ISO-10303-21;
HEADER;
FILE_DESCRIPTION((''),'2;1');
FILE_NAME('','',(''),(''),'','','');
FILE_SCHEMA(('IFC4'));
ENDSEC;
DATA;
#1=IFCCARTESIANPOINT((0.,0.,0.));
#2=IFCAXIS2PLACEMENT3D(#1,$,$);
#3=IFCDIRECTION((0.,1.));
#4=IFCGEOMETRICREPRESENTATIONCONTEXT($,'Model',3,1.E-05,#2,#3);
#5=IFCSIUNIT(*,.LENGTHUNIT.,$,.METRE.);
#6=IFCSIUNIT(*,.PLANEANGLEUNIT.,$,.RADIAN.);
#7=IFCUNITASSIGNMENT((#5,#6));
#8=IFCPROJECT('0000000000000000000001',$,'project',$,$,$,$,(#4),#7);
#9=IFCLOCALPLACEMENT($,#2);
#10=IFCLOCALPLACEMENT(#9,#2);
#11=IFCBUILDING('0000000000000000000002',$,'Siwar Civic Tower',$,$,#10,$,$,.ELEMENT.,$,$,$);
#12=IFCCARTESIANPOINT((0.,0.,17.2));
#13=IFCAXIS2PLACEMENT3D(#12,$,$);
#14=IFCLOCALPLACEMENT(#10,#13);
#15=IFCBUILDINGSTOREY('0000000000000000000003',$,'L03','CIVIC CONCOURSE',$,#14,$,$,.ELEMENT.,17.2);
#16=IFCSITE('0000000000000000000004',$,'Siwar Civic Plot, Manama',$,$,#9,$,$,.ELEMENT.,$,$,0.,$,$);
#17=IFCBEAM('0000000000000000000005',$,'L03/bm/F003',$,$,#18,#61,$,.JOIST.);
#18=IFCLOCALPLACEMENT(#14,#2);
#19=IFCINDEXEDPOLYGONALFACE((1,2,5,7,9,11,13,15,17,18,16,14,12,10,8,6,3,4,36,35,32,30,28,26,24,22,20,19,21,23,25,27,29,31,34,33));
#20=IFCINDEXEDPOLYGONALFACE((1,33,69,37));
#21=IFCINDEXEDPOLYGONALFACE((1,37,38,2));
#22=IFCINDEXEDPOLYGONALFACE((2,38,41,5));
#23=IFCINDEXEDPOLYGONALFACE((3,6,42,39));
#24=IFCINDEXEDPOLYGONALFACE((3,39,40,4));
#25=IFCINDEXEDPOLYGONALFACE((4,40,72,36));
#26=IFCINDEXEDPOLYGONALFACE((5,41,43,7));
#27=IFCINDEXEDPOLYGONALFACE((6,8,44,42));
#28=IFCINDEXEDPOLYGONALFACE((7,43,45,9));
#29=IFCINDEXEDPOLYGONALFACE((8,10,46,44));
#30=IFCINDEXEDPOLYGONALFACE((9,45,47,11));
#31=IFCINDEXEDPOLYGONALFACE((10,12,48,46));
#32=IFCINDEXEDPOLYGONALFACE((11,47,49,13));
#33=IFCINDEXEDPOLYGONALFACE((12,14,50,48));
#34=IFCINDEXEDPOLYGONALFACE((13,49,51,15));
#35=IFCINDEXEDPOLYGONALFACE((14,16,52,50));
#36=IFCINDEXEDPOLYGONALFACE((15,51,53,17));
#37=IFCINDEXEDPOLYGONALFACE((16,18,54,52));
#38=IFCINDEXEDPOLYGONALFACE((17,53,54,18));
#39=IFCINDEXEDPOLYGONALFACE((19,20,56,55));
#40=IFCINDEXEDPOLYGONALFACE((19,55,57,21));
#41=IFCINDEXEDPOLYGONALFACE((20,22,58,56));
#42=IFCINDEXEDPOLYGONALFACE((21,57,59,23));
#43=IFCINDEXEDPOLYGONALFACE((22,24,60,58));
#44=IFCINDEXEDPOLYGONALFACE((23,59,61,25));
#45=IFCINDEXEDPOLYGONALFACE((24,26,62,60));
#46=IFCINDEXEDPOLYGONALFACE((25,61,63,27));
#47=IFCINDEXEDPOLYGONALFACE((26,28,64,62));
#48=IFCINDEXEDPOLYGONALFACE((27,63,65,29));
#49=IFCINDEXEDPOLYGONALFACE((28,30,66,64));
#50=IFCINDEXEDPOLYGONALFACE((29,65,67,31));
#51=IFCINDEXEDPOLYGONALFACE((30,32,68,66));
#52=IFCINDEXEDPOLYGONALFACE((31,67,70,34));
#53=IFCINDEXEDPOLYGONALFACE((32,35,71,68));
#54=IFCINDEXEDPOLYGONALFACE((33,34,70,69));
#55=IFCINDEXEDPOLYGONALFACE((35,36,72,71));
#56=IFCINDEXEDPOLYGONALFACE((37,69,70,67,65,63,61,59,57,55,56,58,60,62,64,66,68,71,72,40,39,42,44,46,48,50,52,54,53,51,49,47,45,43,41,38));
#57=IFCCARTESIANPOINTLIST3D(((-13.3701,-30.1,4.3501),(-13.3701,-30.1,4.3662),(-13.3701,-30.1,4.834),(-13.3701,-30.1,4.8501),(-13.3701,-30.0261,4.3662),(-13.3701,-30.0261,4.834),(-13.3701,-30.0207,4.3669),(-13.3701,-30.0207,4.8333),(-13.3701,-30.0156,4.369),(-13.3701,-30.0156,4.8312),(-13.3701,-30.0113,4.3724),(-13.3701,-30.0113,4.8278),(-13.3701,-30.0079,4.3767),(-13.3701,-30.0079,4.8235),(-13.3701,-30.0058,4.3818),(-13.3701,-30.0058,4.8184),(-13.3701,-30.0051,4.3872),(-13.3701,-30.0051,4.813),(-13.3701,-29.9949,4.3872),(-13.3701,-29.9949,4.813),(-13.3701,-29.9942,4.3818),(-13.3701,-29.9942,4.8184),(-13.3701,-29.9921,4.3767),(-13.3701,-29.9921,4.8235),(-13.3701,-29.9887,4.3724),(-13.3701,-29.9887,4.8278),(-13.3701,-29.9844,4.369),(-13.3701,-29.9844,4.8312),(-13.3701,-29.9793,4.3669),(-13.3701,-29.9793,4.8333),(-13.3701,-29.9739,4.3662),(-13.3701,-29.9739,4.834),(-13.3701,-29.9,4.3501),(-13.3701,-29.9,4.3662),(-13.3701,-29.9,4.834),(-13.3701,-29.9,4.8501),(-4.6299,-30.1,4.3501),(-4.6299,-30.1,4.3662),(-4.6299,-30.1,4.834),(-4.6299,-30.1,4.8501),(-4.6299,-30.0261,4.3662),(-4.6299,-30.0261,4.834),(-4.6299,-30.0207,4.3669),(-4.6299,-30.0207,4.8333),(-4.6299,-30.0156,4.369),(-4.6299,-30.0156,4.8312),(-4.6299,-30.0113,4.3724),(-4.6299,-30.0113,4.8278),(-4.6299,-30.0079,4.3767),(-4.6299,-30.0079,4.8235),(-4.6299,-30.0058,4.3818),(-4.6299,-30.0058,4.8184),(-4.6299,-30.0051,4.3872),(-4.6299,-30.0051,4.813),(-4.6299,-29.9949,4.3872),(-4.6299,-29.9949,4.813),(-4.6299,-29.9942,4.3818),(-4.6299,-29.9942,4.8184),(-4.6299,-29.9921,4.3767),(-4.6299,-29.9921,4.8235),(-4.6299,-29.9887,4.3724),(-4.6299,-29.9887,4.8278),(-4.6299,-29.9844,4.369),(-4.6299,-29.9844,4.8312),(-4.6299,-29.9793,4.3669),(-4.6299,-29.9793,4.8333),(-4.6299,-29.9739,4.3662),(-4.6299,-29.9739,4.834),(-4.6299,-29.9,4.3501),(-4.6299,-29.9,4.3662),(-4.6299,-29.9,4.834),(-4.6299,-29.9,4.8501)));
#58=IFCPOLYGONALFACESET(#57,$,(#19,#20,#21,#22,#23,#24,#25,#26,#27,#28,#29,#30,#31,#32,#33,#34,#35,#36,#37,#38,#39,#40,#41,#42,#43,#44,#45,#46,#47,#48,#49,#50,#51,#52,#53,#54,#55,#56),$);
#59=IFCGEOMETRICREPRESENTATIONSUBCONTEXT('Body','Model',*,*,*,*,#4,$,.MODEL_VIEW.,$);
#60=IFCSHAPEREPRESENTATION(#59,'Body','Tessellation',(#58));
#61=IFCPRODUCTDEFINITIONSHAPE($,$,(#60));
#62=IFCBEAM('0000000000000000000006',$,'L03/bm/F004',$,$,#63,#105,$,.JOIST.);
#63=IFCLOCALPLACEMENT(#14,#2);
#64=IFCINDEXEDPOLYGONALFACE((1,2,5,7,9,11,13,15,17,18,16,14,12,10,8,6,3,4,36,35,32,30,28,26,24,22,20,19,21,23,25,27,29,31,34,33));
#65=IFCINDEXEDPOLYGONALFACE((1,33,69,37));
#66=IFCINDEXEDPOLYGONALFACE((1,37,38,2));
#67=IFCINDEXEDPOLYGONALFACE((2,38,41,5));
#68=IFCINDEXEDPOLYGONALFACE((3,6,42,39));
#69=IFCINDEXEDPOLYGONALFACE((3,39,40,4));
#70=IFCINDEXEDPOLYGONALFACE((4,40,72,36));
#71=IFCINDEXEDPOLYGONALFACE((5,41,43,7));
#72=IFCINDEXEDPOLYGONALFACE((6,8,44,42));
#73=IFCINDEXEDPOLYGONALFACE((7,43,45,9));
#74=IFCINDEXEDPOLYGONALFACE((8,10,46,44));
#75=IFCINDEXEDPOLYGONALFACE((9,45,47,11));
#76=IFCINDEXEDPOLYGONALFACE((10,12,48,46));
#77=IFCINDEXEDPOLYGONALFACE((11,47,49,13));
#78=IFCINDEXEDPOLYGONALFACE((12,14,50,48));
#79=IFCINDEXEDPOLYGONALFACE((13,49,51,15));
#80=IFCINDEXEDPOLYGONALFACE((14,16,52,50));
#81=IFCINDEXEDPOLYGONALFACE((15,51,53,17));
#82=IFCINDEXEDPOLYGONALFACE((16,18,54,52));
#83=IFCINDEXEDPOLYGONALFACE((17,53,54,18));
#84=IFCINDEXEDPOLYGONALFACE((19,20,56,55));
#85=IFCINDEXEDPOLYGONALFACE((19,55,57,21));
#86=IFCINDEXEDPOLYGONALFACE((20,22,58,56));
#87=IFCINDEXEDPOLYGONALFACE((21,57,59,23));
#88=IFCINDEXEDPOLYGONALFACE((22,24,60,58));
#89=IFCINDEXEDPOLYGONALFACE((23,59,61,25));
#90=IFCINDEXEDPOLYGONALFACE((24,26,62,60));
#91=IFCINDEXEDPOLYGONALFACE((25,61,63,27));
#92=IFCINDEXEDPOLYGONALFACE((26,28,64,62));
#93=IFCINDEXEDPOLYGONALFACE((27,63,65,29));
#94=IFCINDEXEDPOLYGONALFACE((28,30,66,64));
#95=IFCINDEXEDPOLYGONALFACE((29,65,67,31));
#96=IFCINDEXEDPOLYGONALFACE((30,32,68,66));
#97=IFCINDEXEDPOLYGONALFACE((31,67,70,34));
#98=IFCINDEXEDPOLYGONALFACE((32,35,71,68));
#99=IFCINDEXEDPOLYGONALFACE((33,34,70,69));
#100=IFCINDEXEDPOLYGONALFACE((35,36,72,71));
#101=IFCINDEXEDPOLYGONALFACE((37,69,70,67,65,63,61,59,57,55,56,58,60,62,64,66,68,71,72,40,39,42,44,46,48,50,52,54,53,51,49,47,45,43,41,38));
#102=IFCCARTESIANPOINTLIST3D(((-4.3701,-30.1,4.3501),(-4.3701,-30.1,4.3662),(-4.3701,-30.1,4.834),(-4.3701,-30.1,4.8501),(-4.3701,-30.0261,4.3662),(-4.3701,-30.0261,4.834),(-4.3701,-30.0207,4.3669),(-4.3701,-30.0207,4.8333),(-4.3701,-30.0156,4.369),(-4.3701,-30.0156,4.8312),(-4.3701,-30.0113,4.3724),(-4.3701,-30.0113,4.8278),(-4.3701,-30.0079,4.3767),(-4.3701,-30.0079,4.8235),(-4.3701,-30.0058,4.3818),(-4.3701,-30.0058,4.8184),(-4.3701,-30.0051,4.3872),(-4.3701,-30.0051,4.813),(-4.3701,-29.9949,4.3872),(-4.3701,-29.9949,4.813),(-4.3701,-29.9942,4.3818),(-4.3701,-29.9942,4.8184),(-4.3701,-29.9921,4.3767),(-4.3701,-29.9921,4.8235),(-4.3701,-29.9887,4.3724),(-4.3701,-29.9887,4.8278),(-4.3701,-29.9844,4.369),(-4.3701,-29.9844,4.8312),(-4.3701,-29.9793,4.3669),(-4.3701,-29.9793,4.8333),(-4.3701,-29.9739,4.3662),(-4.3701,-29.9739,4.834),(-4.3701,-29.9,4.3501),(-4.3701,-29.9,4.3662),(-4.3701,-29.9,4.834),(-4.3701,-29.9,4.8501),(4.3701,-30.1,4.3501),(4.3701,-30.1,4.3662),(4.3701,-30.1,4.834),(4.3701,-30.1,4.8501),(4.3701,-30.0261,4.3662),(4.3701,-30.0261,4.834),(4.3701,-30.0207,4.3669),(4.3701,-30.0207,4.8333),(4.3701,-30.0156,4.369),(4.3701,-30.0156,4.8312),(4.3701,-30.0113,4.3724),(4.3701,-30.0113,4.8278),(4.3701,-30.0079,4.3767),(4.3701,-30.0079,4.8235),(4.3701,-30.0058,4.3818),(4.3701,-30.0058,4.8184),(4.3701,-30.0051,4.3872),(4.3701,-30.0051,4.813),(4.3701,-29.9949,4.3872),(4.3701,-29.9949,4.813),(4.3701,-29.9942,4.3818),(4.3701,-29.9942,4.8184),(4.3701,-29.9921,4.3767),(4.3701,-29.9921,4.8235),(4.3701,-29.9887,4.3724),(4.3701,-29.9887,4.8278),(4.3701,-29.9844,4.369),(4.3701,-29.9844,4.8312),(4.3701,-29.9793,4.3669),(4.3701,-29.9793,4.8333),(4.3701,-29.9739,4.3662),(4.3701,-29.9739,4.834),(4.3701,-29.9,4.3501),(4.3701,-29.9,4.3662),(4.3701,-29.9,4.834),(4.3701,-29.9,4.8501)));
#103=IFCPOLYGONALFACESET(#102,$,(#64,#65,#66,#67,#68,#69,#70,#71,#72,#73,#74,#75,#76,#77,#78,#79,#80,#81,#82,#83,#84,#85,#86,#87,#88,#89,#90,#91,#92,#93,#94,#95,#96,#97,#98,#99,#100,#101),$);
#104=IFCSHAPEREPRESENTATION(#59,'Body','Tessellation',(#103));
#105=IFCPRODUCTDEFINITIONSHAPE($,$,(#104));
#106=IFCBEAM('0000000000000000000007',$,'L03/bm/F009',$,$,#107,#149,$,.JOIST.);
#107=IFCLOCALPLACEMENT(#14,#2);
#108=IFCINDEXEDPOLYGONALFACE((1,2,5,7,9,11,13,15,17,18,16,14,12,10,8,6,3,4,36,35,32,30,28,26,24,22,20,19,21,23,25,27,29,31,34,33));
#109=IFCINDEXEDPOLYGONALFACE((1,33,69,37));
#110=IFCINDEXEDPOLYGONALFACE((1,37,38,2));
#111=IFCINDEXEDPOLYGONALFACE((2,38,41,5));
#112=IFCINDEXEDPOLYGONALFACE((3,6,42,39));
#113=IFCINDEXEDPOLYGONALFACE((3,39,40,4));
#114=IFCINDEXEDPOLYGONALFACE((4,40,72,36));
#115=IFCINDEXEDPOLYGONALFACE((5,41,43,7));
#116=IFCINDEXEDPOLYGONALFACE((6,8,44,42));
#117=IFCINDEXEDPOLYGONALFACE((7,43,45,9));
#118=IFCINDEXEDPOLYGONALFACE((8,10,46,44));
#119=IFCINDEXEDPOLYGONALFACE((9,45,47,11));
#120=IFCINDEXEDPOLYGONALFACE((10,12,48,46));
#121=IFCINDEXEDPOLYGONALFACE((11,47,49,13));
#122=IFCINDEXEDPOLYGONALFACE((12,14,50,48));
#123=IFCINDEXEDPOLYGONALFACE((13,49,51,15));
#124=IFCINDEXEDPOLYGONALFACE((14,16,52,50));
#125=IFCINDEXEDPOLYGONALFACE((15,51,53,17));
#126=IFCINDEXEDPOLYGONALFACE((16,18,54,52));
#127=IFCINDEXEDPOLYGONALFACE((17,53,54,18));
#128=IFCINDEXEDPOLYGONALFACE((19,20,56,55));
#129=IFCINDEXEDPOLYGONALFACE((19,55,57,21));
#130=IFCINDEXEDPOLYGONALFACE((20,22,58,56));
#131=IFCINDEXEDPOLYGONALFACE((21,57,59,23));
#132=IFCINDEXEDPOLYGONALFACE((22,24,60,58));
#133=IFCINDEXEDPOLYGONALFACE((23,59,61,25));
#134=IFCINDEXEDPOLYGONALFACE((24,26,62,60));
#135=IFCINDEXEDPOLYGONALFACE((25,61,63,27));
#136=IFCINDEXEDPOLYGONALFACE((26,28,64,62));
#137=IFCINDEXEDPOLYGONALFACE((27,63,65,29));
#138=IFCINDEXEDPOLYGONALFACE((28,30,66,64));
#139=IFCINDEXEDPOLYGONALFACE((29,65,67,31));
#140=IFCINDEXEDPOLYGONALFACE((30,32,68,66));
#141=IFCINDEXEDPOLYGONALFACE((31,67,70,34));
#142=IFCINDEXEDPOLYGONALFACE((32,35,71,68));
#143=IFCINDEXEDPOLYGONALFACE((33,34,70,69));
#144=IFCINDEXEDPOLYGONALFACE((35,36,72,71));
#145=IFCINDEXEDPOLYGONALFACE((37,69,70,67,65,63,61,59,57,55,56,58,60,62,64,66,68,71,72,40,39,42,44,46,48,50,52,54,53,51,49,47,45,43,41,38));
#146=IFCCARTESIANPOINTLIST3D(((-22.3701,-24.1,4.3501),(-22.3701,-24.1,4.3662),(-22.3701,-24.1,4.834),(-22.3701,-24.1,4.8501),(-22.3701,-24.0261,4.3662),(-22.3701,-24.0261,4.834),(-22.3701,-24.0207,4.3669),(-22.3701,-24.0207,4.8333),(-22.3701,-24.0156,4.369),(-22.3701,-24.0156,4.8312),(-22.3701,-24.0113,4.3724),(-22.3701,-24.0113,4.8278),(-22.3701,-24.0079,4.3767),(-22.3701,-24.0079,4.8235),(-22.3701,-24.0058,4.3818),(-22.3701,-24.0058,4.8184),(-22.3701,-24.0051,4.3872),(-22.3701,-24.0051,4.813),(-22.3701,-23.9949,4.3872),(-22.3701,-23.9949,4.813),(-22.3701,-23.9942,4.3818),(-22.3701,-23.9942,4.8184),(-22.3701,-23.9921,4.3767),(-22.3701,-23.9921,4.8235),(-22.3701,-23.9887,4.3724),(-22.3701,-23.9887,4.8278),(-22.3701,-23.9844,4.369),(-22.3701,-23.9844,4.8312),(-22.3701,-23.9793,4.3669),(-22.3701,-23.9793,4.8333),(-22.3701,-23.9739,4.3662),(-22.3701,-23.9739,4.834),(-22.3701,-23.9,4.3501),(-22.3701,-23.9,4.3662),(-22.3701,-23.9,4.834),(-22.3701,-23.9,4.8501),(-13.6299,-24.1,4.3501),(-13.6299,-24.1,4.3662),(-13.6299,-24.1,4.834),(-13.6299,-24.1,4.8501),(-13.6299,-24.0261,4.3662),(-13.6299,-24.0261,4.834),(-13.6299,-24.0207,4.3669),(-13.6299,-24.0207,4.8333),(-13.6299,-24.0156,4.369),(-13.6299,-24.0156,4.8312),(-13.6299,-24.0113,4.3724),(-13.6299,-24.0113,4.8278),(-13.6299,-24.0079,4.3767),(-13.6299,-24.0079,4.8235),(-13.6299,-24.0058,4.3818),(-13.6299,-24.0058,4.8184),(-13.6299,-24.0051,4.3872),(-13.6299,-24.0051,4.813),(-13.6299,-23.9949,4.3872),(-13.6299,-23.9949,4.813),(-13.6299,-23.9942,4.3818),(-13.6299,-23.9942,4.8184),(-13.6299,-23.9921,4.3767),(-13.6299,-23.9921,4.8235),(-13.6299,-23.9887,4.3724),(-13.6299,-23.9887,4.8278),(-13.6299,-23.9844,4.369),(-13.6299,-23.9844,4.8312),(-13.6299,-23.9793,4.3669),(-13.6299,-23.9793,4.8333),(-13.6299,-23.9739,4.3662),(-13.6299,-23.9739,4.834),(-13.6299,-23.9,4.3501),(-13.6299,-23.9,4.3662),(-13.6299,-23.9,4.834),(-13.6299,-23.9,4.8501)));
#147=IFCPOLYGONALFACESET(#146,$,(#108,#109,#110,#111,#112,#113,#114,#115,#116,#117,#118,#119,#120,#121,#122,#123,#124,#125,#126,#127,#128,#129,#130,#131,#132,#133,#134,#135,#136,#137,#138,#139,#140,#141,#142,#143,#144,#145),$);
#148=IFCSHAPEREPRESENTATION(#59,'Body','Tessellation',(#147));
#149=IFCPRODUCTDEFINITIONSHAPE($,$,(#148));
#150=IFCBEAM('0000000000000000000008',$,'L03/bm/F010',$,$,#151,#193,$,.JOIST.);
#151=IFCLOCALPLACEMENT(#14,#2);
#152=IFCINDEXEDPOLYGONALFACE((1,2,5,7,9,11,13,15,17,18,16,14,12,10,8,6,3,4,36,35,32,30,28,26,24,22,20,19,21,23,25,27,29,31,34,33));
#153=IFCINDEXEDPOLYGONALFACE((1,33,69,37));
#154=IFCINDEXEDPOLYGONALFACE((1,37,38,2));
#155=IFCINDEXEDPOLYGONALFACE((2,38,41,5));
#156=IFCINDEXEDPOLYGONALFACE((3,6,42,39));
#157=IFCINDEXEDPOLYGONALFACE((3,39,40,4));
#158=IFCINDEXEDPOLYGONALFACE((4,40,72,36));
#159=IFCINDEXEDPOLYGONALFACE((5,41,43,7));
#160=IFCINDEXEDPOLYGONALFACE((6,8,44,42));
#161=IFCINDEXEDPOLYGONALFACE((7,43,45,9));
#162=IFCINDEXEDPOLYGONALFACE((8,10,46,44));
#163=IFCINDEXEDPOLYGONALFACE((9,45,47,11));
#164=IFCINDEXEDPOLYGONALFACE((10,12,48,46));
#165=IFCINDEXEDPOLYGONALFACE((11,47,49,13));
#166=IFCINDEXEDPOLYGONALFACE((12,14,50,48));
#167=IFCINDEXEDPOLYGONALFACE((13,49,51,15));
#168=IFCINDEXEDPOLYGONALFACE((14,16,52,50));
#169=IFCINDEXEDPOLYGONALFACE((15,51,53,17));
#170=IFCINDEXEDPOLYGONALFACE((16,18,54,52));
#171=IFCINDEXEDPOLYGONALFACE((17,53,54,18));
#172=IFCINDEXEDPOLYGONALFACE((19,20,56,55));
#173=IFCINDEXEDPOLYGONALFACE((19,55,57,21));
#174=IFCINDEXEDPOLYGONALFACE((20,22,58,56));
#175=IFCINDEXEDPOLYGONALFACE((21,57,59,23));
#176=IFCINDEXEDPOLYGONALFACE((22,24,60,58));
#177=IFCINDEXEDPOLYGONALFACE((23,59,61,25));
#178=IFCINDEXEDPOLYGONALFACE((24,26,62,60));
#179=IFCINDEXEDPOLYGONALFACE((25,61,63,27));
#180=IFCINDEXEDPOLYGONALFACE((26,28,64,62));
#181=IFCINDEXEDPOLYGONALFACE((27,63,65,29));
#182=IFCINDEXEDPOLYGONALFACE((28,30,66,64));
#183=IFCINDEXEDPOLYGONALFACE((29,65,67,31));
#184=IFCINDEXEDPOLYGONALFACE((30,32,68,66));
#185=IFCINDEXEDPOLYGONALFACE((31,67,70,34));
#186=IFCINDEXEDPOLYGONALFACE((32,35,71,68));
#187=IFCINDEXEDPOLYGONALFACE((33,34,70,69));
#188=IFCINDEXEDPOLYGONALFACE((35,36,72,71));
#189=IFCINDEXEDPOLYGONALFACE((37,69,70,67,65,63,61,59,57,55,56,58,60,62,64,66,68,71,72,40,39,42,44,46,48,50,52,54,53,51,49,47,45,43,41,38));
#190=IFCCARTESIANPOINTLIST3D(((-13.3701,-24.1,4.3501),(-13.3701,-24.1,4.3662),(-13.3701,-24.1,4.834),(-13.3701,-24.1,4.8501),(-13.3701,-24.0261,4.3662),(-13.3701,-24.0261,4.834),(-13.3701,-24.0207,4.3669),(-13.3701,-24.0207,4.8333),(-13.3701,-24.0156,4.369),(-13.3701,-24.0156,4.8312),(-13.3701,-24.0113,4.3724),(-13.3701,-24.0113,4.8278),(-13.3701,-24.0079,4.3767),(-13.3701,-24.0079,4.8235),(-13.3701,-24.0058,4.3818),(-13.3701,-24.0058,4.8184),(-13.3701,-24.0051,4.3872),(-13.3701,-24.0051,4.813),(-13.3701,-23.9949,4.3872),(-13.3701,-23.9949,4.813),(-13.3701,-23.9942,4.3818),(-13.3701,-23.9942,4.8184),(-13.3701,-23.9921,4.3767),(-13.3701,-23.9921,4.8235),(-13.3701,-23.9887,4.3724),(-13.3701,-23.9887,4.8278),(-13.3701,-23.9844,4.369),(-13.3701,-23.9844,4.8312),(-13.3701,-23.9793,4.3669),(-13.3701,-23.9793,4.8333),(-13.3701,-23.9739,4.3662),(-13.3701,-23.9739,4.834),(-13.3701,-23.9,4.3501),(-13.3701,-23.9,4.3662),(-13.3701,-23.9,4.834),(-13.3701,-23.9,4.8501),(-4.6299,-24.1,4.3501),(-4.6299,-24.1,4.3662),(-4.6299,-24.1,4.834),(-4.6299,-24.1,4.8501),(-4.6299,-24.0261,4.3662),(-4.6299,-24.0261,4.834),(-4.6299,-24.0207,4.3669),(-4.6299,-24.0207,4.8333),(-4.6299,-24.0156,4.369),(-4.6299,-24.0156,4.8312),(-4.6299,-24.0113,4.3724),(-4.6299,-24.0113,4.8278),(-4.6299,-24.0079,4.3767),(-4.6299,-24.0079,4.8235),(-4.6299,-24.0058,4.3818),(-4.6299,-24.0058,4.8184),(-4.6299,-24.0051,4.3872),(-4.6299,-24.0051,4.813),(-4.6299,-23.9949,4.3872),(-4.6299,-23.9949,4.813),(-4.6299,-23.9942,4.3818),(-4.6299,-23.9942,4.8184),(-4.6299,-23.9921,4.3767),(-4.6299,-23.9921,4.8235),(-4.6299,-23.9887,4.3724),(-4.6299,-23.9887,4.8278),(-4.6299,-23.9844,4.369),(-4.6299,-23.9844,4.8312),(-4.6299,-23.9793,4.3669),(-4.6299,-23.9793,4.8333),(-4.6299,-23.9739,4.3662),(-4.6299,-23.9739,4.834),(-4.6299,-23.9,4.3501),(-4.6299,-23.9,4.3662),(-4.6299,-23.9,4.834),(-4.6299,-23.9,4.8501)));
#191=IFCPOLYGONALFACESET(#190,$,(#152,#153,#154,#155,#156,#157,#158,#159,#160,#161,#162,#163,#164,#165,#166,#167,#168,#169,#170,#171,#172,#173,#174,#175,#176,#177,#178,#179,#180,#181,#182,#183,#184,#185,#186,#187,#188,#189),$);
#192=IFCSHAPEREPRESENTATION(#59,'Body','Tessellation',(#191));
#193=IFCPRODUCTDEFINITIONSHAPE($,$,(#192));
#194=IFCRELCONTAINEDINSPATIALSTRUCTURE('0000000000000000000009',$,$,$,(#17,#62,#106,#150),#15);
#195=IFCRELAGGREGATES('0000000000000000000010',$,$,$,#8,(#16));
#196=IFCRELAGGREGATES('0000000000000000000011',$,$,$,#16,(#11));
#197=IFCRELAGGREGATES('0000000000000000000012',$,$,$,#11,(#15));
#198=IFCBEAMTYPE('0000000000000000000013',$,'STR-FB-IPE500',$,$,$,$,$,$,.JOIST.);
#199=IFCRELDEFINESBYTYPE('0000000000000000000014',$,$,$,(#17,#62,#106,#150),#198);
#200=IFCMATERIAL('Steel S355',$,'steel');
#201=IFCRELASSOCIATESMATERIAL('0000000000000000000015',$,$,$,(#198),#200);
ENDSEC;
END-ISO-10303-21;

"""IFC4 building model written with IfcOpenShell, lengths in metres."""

from ifc_helpers import new_model, si_unit, direction, frame, origin, origin_2d, place, context, subcontext, project, spatial, i_section, extrude, material, material_profile, profile_set, type_object, element, save


model = new_model("IFC4")

# Units and contexts
model_context = context("Model", 3, precision=1e-05, world=origin(), true_north=direction((0.0, 1.0)))
body_context = subcontext(model_context, "Body", "Model", "MODEL_VIEW")
ifc_project = project(units=[si_unit("LENGTHUNIT", "METRE"), si_unit("PLANEANGLEUNIT", "RADIAN")], contexts=[model_context])

# Site, building, storey
site_placement = place(None, origin())
site = spatial("IfcSite", under=ifc_project, at=site_placement, Name="Siwar Civic Plot, Manama", CompositionType="ELEMENT", RefElevation=0.0)
building_placement = place(site_placement, origin())
building = spatial("IfcBuilding", under=site, at=building_placement, Name="Siwar Civic Tower", CompositionType="ELEMENT")
storey_placement = place(building_placement, frame((0.0, 0.0, 17.2)))
storey = spatial("IfcBuildingStorey", under=building, at=storey_placement, Name="L03", Description="CIVIC CONCOURSE", CompositionType="ELEMENT", Elevation=17.2)

# Beams
ifc_material_1 = material(Name="Steel S355", Category="steel")
ifc_material_profile_1 = material_profile(ifc_material_1, i_section(OverallWidth=0.2, OverallDepth=0.5, WebThickness=0.0103, FlangeThickness=0.0161, FilletRadius=0.021, at=origin_2d()), Name="IPE500")
ifc_profile_set_1 = profile_set([ifc_material_profile_1], Name="Steel S355")
beam_type_1 = type_object("IfcBeamType", Name="STR-FB-IPE500", PredefinedType="JOIST", material=ifc_profile_set_1)
for number, where, z_axis, x_axis, name in (
    (1, (-13.3701, -30.0, 4.6001), (1.0, 0.0, 0.0), (0.0, 1.0, 0.0), "L03/bm/F003"),
    (2, (-4.3701, -30.0, 4.6001), (1.0, 0.0, 0.0), (0.0, 1.0, 0.0), "L03/bm/F004"),
    (3, (-22.3701, -24.0, 4.6001), (1.0, 0.0, 0.0), (0.0, 1.0, 0.0), "L03/bm/F009"),
    (4, (-13.3701, -24.0, 4.6001), (1.0, 0.0, 0.0), (0.0, 1.0, 0.0), "L03/bm/F010"),
):
    element("IfcBeam", number, at=place(storey_placement, frame(where, z_axis=z_axis, x_axis=x_axis)), inside=storey, type_object=beam_type_1, Name=name, PredefinedType="JOIST", context=body_context, shape_type="SweptSolid", body=[
        extrude(i_section(OverallWidth=0.2, OverallDepth=0.5, WebThickness=0.0103, FlangeThickness=0.0161, FilletRadius=0.021, at=origin_2d()), origin(), (0.0, 0.0, 1.0), 8.7402),
    ])

save(model, "model.ifc")
